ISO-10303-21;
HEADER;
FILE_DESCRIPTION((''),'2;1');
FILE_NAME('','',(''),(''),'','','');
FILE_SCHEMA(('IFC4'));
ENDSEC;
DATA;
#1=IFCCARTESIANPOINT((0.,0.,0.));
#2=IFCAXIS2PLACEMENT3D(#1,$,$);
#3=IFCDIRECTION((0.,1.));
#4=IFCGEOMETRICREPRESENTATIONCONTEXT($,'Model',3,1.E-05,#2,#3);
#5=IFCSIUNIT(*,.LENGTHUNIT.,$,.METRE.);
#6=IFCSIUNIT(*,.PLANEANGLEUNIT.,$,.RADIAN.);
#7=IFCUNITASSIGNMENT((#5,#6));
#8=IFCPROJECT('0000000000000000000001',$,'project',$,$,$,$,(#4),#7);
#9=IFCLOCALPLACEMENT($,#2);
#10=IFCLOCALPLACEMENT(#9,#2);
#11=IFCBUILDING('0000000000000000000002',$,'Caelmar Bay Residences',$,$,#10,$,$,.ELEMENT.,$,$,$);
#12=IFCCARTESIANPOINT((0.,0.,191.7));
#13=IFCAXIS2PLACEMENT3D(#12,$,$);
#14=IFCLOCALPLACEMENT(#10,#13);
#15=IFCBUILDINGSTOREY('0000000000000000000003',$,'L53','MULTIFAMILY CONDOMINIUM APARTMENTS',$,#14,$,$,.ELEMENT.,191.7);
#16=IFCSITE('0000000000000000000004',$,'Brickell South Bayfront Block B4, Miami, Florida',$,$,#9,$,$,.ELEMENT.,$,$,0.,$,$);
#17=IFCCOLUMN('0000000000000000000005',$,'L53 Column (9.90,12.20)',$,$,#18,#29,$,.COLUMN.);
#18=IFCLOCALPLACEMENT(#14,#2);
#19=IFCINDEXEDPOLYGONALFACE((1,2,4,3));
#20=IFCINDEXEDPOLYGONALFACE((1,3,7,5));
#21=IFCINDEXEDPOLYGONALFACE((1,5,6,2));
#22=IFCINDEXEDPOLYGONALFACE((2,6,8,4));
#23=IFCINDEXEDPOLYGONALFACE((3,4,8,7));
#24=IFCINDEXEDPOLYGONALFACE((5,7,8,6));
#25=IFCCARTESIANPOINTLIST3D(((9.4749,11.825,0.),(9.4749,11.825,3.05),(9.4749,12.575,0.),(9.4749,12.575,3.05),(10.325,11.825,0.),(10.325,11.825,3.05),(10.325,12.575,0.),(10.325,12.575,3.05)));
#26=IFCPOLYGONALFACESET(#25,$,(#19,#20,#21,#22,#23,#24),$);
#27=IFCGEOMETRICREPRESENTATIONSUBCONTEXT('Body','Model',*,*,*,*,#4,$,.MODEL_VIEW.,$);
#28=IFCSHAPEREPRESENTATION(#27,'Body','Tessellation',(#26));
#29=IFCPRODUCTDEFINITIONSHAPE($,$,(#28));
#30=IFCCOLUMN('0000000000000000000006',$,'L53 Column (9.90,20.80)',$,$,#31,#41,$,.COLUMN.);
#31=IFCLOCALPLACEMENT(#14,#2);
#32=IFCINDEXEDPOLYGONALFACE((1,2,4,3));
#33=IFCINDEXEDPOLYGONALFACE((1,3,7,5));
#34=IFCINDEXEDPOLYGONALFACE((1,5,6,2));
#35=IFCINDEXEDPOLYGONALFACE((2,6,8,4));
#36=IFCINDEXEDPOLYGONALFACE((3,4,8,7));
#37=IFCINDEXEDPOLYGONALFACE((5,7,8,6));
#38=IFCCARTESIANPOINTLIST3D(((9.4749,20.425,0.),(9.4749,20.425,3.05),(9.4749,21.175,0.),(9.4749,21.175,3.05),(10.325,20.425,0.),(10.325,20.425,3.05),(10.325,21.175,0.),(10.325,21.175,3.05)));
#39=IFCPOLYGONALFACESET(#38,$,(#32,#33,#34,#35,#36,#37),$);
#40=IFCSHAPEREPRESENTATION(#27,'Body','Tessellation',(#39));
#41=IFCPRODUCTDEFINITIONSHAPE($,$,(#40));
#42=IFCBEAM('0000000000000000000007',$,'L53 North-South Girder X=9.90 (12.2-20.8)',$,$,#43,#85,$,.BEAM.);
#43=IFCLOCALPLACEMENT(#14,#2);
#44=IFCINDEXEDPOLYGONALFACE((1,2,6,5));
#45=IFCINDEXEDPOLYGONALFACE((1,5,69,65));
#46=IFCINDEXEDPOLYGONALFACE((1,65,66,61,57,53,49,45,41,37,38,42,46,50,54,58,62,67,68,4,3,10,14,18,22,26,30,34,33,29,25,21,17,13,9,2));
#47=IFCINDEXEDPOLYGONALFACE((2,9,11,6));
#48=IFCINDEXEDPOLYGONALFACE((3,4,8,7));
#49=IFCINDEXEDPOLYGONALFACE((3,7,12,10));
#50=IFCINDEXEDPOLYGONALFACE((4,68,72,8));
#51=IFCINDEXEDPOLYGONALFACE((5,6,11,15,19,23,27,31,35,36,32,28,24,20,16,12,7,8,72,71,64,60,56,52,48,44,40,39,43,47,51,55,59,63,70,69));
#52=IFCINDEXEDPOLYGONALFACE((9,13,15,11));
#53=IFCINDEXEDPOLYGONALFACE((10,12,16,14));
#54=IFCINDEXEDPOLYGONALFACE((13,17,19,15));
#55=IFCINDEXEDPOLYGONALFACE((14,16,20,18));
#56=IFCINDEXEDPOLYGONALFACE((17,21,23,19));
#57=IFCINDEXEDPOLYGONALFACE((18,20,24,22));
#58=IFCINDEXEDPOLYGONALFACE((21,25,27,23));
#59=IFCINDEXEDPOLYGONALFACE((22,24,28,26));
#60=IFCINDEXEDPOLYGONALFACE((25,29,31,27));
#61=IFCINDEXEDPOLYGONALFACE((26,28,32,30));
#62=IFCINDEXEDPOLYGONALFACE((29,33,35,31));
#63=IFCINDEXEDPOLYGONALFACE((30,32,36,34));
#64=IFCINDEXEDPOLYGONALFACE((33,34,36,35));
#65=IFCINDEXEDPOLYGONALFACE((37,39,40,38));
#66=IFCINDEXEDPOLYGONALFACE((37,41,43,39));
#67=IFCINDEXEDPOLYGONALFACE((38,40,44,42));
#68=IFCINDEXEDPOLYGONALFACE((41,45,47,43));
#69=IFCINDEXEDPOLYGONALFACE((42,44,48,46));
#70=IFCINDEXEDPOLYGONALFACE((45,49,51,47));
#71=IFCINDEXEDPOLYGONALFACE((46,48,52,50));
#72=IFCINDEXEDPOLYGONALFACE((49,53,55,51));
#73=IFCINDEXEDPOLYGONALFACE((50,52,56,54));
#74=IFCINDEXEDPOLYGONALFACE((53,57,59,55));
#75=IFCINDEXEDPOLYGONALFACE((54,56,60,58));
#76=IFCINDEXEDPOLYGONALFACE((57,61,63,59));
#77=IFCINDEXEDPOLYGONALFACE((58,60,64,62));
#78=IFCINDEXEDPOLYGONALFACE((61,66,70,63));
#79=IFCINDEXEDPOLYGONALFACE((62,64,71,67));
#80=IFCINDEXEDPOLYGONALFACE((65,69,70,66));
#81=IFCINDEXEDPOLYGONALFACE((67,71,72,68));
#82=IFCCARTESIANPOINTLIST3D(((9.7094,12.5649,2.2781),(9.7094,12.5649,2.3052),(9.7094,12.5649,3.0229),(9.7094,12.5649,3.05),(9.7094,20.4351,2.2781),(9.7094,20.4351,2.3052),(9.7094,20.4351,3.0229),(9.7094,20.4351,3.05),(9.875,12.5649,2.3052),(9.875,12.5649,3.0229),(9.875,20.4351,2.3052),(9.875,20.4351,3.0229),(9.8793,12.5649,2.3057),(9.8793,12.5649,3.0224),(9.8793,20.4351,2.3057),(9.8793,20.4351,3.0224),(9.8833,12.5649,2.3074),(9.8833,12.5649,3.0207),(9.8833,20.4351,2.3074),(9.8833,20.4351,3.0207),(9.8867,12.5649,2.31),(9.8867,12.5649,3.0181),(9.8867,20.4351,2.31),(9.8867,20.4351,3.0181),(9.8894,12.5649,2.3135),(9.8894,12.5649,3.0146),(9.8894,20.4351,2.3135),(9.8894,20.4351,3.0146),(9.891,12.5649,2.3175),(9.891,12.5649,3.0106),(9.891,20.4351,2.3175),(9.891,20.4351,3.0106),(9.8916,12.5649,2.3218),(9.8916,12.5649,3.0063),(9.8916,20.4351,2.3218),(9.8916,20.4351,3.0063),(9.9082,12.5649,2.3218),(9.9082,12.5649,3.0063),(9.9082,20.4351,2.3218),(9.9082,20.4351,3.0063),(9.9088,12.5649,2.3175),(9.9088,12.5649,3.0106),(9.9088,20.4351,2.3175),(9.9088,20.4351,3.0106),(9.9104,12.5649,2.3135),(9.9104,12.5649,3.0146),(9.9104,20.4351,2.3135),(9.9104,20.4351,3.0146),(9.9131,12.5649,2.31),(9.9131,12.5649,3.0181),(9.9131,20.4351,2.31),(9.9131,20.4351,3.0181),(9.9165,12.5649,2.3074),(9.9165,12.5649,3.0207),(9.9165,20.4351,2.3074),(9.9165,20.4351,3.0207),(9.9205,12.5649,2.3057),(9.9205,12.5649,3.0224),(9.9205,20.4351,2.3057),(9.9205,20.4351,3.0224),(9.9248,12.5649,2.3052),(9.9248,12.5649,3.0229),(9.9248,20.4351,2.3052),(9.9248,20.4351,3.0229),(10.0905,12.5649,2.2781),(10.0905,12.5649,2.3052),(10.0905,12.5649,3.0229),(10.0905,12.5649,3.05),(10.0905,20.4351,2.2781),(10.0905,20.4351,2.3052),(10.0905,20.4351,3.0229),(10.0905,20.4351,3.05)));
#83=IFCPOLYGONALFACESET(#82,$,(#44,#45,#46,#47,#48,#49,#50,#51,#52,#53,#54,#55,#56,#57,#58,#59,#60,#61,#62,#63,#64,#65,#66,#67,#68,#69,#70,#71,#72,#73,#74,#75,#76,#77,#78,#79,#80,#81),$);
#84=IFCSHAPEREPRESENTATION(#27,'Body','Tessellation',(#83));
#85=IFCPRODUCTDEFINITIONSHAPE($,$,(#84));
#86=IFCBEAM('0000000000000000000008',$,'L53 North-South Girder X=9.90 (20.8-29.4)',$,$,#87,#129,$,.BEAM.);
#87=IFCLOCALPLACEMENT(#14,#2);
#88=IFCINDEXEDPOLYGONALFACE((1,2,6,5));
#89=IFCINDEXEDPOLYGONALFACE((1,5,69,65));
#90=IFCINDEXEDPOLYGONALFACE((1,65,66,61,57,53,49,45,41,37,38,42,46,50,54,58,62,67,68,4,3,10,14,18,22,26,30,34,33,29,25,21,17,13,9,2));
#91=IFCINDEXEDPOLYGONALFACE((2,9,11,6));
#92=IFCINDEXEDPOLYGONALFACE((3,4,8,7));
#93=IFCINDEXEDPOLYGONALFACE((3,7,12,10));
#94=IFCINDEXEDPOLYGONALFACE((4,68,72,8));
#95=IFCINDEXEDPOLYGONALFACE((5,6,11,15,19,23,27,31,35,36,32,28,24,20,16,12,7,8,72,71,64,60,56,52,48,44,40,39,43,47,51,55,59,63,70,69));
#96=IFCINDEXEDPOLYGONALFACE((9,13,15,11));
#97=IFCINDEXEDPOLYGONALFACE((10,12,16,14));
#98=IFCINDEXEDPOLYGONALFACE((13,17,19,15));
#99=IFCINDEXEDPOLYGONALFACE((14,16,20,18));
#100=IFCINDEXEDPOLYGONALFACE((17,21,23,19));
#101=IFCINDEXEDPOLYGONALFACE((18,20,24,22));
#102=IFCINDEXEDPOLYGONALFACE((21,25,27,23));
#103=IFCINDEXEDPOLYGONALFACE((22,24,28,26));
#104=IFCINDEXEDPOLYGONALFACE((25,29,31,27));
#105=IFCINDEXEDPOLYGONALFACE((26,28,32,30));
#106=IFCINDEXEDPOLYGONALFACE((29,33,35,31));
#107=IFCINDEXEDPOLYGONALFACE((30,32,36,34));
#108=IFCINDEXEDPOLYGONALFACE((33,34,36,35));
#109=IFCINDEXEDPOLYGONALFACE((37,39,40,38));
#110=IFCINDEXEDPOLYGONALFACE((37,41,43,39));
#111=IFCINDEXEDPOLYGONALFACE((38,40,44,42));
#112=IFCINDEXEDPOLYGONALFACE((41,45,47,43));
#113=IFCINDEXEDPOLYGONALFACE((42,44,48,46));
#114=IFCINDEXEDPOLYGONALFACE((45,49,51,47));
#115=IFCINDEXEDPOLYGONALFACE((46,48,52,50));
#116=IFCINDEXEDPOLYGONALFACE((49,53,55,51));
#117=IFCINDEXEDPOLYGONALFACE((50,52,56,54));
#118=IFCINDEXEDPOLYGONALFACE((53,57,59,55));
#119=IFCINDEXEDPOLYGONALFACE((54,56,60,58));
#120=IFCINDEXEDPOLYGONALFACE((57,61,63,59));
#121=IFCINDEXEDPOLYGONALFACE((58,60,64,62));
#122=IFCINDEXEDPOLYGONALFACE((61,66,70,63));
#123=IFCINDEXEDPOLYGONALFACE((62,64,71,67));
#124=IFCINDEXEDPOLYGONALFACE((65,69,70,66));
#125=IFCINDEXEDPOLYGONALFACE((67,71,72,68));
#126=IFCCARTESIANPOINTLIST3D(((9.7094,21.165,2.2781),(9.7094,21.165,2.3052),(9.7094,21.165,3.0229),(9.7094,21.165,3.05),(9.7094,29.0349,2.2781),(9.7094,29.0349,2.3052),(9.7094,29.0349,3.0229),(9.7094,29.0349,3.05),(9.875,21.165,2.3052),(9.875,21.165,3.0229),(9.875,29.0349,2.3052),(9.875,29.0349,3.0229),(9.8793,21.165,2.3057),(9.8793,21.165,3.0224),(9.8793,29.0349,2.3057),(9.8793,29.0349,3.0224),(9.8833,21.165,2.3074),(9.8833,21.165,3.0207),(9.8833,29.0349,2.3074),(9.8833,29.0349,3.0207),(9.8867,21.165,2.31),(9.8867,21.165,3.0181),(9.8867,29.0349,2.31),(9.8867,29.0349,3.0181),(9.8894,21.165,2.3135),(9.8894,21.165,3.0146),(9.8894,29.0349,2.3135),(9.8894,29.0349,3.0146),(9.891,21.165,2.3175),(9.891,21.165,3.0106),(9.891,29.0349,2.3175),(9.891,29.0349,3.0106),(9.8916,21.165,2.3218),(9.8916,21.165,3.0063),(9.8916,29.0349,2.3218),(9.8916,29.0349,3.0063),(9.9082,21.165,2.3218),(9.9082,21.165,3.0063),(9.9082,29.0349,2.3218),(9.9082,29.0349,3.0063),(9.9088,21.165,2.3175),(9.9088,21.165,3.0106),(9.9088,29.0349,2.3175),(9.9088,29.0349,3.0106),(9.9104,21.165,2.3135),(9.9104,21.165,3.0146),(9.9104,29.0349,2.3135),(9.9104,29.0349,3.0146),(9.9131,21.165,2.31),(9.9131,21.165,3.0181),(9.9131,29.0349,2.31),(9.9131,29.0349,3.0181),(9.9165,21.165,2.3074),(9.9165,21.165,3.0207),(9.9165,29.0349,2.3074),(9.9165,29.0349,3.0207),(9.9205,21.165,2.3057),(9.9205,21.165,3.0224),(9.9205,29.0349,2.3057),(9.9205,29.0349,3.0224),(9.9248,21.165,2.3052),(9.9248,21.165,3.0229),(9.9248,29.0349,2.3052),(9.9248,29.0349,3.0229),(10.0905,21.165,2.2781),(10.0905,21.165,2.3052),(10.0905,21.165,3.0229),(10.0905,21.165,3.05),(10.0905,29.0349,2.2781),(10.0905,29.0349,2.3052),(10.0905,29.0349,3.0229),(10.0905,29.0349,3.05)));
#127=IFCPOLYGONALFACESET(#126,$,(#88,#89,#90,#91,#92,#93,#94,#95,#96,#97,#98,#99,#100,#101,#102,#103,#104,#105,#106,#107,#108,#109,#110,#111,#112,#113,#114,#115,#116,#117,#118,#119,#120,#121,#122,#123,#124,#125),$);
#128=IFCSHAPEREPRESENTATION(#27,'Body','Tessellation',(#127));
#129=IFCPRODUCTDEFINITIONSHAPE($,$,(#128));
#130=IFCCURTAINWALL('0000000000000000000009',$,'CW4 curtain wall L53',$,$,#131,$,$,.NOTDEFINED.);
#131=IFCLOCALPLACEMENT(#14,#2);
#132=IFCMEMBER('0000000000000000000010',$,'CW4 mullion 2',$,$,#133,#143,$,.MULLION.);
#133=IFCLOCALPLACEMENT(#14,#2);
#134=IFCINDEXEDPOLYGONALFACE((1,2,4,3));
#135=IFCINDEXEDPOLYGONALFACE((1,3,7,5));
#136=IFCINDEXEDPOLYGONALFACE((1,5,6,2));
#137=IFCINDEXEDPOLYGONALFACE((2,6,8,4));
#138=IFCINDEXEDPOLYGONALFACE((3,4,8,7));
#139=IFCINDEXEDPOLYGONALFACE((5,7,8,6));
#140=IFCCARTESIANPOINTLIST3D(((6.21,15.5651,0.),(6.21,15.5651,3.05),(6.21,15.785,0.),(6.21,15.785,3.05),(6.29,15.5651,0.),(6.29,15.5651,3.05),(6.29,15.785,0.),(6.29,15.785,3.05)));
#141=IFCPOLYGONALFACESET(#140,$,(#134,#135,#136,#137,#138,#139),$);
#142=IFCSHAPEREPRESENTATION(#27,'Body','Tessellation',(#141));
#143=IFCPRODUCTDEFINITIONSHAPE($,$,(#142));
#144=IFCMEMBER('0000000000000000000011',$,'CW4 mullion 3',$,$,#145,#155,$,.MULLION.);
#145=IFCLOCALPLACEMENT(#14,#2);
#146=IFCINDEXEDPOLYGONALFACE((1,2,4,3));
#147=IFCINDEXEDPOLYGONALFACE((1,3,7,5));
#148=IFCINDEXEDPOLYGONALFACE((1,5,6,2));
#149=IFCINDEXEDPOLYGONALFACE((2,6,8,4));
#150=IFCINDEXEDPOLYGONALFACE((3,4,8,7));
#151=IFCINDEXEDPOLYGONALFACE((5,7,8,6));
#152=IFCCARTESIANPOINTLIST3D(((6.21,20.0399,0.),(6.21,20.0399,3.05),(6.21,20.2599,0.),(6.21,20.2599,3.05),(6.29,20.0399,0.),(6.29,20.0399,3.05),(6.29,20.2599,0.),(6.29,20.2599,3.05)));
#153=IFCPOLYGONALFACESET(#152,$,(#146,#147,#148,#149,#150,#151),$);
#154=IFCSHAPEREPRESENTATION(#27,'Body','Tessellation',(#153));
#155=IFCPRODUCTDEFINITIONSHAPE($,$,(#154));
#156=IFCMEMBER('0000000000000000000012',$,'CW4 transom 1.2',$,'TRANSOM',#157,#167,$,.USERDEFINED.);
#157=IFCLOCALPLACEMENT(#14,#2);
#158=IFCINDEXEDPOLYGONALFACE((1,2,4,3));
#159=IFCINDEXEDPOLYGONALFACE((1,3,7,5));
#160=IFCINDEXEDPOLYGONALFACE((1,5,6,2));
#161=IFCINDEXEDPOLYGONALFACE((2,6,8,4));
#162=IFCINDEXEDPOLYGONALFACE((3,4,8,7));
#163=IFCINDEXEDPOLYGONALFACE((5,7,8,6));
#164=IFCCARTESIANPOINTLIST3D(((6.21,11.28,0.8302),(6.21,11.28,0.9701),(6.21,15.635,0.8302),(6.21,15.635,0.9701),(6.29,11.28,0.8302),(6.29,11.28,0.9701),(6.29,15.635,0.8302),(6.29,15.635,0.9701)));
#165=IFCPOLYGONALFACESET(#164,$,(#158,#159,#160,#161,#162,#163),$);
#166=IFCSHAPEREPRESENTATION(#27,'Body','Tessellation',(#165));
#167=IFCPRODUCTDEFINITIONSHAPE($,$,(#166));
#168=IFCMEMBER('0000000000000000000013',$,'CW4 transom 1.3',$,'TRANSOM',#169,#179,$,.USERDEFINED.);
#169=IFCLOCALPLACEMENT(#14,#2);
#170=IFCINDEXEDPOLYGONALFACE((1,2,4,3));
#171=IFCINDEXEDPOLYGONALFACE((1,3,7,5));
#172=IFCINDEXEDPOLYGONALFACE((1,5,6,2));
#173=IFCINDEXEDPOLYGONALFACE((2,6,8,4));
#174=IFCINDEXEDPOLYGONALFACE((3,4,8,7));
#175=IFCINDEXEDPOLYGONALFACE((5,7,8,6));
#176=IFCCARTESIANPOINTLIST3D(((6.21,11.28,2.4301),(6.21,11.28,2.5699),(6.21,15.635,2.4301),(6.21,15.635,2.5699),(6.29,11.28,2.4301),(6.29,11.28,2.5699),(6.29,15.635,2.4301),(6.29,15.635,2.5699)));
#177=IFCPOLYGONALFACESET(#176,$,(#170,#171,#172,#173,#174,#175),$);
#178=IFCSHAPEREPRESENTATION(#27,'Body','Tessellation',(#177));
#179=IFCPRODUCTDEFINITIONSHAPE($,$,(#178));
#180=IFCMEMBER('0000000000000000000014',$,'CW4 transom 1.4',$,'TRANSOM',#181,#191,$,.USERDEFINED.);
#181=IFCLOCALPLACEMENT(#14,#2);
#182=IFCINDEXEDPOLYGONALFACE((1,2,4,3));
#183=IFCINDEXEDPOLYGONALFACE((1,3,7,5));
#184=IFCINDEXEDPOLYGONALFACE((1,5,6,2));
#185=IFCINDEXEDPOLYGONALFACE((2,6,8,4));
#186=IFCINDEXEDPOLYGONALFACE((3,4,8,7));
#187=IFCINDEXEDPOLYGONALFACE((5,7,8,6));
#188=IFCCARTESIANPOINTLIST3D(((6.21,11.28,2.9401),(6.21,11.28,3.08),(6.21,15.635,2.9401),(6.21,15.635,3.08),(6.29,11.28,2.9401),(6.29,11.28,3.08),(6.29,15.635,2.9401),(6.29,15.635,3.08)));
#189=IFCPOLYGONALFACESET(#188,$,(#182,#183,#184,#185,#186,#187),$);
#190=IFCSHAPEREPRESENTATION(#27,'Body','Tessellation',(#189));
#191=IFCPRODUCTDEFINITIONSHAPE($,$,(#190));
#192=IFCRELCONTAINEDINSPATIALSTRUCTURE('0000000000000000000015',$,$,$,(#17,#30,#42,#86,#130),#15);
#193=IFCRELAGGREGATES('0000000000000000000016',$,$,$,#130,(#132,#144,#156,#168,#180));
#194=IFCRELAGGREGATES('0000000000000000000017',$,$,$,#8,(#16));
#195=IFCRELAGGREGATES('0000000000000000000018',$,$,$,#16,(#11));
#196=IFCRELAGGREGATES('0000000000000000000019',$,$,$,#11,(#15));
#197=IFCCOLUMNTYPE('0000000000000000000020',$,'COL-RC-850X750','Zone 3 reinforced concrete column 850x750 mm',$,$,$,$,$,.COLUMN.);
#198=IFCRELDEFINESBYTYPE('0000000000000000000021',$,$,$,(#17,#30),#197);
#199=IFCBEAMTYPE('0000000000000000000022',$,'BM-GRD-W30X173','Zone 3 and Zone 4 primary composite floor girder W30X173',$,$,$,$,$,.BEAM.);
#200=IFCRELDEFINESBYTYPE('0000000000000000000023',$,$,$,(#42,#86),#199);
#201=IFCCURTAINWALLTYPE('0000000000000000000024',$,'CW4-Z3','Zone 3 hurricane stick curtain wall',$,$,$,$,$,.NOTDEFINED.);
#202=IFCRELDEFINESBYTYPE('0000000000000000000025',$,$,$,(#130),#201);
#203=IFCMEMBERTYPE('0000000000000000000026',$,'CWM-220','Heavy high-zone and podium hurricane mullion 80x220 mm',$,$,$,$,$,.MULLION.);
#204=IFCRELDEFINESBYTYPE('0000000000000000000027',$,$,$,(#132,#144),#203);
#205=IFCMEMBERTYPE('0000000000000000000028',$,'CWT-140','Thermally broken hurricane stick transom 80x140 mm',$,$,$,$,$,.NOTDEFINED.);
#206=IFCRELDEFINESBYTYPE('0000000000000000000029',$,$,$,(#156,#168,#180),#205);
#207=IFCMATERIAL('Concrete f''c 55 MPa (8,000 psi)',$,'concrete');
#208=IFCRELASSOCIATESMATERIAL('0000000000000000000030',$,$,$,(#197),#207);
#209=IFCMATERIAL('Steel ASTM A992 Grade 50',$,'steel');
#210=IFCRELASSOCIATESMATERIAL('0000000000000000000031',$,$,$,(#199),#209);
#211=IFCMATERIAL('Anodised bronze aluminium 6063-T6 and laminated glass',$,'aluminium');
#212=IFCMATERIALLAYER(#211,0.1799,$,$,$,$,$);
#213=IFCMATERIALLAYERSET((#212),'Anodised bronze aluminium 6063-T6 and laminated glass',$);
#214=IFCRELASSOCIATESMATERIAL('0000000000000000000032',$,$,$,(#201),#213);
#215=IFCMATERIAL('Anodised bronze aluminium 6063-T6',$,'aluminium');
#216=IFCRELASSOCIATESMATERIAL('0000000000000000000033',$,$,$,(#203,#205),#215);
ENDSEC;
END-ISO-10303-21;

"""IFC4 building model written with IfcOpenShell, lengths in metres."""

from ifc_helpers import new_model, si_unit, direction, frame, origin, origin_2d, place, context, subcontext, project, spatial, rectangle, i_section, extrude, material, layer, layer_set, material_profile, profile_set, type_object, element, aggregate, save


model = new_model("IFC4")

# Units and contexts
model_context = context("Model", 3, precision=1e-05, world=origin(), true_north=direction((0.0, 1.0)))
body_context = subcontext(model_context, "Body", "Model", "MODEL_VIEW")
ifc_project = project(units=[si_unit("LENGTHUNIT", "METRE"), si_unit("PLANEANGLEUNIT", "RADIAN")], contexts=[model_context])

# Site, building, storey
site_placement = place(None, origin())
site = spatial("IfcSite", under=ifc_project, at=site_placement, Name="Brickell South Bayfront Block B4, Miami, Florida", CompositionType="ELEMENT", RefElevation=0.0)
building_placement = place(site_placement, origin())
building = spatial("IfcBuilding", under=site, at=building_placement, Name="Caelmar Bay Residences", CompositionType="ELEMENT")
storey_placement = place(building_placement, frame((0.0, 0.0, 191.7)))
storey = spatial("IfcBuildingStorey", under=building, at=storey_placement, Name="L53", Description="MULTIFAMILY CONDOMINIUM APARTMENTS", CompositionType="ELEMENT", Elevation=191.7)

# Columns
ifc_material_1 = material(Name="Concrete f'c 55 MPa (8,000 psi)", Category="concrete")
ifc_material_profile_1 = material_profile(ifc_material_1, rectangle(XDim=0.8501, YDim=0.75, at=origin_2d()), Name="RC-COL-850X750")
ifc_profile_set_1 = profile_set([ifc_material_profile_1], Name="Concrete f'c 55 MPa (8,000 psi)")
column_type = type_object("IfcColumnType", Name="COL-RC-850X750", Description="Zone 3 reinforced concrete column 850x750 mm", PredefinedType="COLUMN", material=ifc_profile_set_1)
for number, where, z_axis, x_axis, name in (
    (1, (9.8999, 12.2, 0.0), (0.0, 0.0, 1.0), (1.0, 0.0, 0.0), "L53 Column (9.90,12.20)"),
    (2, (9.8999, 20.8, 0.0), (0.0, 0.0, 1.0), (1.0, 0.0, 0.0), "L53 Column (9.90,20.80)"),
):
    element("IfcColumn", number, at=place(storey_placement, frame(where, z_axis=z_axis, x_axis=x_axis)), inside=storey, type_object=column_type, Name=name, PredefinedType="COLUMN", context=body_context, shape_type="SweptSolid", body=[
        extrude(rectangle(XDim=0.8501, YDim=0.75, at=origin_2d()), origin(), (0.0, 0.0, 1.0), 3.05),
    ])

# Beams
ifc_material_2 = material(Name="Steel ASTM A992 Grade 50", Category="steel")
ifc_material_profile_2 = material_profile(ifc_material_2, i_section(OverallWidth=0.3811, OverallDepth=0.772, WebThickness=0.0166, FlangeThickness=0.0271, FilletRadius=0.0166, at=origin_2d()), Name="W30X173")
ifc_profile_set_2 = profile_set([ifc_material_profile_2], Name="Steel ASTM A992 Grade 50")
beam_type = type_object("IfcBeamType", Name="BM-GRD-W30X173", Description="Zone 3 and Zone 4 primary composite floor girder W30X173", PredefinedType="BEAM", material=ifc_profile_set_2)
beam_1_placement = place(storey_placement, frame((9.8999, 12.5649, 2.6641), z_axis=(0.0, 1.0, 0.0), x_axis=(-1.0, 0.0, 0.0)))
element("IfcBeam", 3, at=beam_1_placement, inside=storey, type_object=beam_type, Name="L53 North-South Girder X=9.90 (12.2-20.8)", PredefinedType="BEAM", context=body_context, shape_type="SweptSolid", body=[
    extrude(i_section(OverallWidth=0.3811, OverallDepth=0.772, WebThickness=0.0166, FlangeThickness=0.0271, FilletRadius=0.0166, at=origin_2d()), origin(), (0.0, 0.0, 1.0), 7.8701),
])
beam_2_placement = place(storey_placement, frame((9.8999, 21.165, 2.6641), z_axis=(0.0, 1.0, 0.0), x_axis=(-1.0, 0.0, 0.0)))
element("IfcBeam", 4, at=beam_2_placement, inside=storey, type_object=beam_type, Name="L53 North-South Girder X=9.90 (20.8-29.4)", PredefinedType="BEAM", context=body_context, shape_type="SweptSolid", body=[
    extrude(i_section(OverallWidth=0.3811, OverallDepth=0.772, WebThickness=0.0166, FlangeThickness=0.0271, FilletRadius=0.0166, at=origin_2d()), origin(), (0.0, 0.0, 1.0), 7.8699),
])

# Curtain wall, members
ifc_material_3 = material(Name="Anodised bronze aluminium 6063-T6 and laminated glass", Category="aluminium")
ifc_layer_1 = layer(ifc_material_3, 0.1799)
ifc_layer_set_1 = layer_set([ifc_layer_1], Name="Anodised bronze aluminium 6063-T6 and laminated glass")
curtain_wall_type = type_object("IfcCurtainWallType", Name="CW4-Z3", Description="Zone 3 hurricane stick curtain wall", PredefinedType="NOTDEFINED", material=ifc_layer_set_1)
curtain_wall_placement = place(storey_placement, origin())
curtain_wall = element("IfcCurtainWall", 5, at=curtain_wall_placement, inside=storey, type_object=curtain_wall_type, Name="CW4 curtain wall L53", PredefinedType="NOTDEFINED")
ifc_material_4 = material(Name="Anodised bronze aluminium 6063-T6", Category="aluminium")
ifc_material_profile_3 = material_profile(ifc_material_4, rectangle(XDim=0.0801, YDim=0.22, at=origin_2d()), Name="CWM-80X220")
ifc_profile_set_3 = profile_set([ifc_material_profile_3], Name="Anodised bronze aluminium 6063-T6")
member_type_1 = type_object("IfcMemberType", Name="CWM-220", Description="Heavy high-zone and podium hurricane mullion 80x220 mm", PredefinedType="MULLION", material=ifc_profile_set_3)
member_1_placement = place(storey_placement, frame((6.25, 15.675, 0.0), z_axis=(0.0, 0.0, 1.0), x_axis=(-1.0, 0.0, 0.0)))
member_1 = element("IfcMember", 6, at=member_1_placement, type_object=member_type_1, Name="CW4 mullion 2", PredefinedType="MULLION", context=body_context, shape_type="SweptSolid", body=[
    extrude(rectangle(XDim=0.0801, YDim=0.22, at=origin_2d()), origin(), (0.0, 0.0, 1.0), 3.05),
])
member_2_placement = place(storey_placement, frame((6.25, 20.1499, 0.0), z_axis=(0.0, 0.0, 1.0), x_axis=(-1.0, 0.0, 0.0)))
member_2 = element("IfcMember", 7, at=member_2_placement, type_object=member_type_1, Name="CW4 mullion 3", PredefinedType="MULLION", context=body_context, shape_type="SweptSolid", body=[
    extrude(rectangle(XDim=0.0801, YDim=0.22, at=origin_2d()), origin(), (0.0, 0.0, 1.0), 3.05),
])
ifc_material_profile_4 = material_profile(ifc_material_4, rectangle(XDim=0.0801, YDim=0.1399, at=origin_2d()), Name="CWT-80X140")
ifc_profile_set_4 = profile_set([ifc_material_profile_4], Name="Anodised bronze aluminium 6063-T6")
member_type_2 = type_object("IfcMemberType", Name="CWT-140", Description="Thermally broken hurricane stick transom 80x140 mm", PredefinedType="NOTDEFINED", material=ifc_profile_set_4)
member_3_placement = place(storey_placement, frame((6.25, 11.28, 0.9001), z_axis=(0.0, 1.0, 0.0), x_axis=(-1.0, 0.0, 0.0)))
member_3 = element("IfcMember", 8, at=member_3_placement, type_object=member_type_2, Name="CW4 transom 1.2", ObjectType="TRANSOM", PredefinedType="USERDEFINED", context=body_context, shape_type="SweptSolid", body=[
    extrude(rectangle(XDim=0.0801, YDim=0.1399, at=origin_2d()), origin(), (0.0, 0.0, 1.0), 4.355),
])
member_4_placement = place(storey_placement, frame((6.25, 11.28, 2.5), z_axis=(0.0, 1.0, 0.0), x_axis=(-1.0, 0.0, 0.0)))
member_4 = element("IfcMember", 9, at=member_4_placement, type_object=member_type_2, Name="CW4 transom 1.3", ObjectType="TRANSOM", PredefinedType="USERDEFINED", context=body_context, shape_type="SweptSolid", body=[
    extrude(rectangle(XDim=0.0801, YDim=0.1399, at=origin_2d()), origin(), (0.0, 0.0, 1.0), 4.355),
])
member_5_placement = place(storey_placement, frame((6.25, 11.28, 3.01), z_axis=(0.0, 1.0, 0.0), x_axis=(-1.0, 0.0, 0.0)))
member_5 = element("IfcMember", 10, at=member_5_placement, type_object=member_type_2, Name="CW4 transom 1.4", ObjectType="TRANSOM", PredefinedType="USERDEFINED", context=body_context, shape_type="SweptSolid", body=[
    extrude(rectangle(XDim=0.0801, YDim=0.1399, at=origin_2d()), origin(), (0.0, 0.0, 1.0), 4.355),
])
aggregate(curtain_wall, [member_1, member_2, member_3, member_4, member_5])

save(model, "model.ifc")
